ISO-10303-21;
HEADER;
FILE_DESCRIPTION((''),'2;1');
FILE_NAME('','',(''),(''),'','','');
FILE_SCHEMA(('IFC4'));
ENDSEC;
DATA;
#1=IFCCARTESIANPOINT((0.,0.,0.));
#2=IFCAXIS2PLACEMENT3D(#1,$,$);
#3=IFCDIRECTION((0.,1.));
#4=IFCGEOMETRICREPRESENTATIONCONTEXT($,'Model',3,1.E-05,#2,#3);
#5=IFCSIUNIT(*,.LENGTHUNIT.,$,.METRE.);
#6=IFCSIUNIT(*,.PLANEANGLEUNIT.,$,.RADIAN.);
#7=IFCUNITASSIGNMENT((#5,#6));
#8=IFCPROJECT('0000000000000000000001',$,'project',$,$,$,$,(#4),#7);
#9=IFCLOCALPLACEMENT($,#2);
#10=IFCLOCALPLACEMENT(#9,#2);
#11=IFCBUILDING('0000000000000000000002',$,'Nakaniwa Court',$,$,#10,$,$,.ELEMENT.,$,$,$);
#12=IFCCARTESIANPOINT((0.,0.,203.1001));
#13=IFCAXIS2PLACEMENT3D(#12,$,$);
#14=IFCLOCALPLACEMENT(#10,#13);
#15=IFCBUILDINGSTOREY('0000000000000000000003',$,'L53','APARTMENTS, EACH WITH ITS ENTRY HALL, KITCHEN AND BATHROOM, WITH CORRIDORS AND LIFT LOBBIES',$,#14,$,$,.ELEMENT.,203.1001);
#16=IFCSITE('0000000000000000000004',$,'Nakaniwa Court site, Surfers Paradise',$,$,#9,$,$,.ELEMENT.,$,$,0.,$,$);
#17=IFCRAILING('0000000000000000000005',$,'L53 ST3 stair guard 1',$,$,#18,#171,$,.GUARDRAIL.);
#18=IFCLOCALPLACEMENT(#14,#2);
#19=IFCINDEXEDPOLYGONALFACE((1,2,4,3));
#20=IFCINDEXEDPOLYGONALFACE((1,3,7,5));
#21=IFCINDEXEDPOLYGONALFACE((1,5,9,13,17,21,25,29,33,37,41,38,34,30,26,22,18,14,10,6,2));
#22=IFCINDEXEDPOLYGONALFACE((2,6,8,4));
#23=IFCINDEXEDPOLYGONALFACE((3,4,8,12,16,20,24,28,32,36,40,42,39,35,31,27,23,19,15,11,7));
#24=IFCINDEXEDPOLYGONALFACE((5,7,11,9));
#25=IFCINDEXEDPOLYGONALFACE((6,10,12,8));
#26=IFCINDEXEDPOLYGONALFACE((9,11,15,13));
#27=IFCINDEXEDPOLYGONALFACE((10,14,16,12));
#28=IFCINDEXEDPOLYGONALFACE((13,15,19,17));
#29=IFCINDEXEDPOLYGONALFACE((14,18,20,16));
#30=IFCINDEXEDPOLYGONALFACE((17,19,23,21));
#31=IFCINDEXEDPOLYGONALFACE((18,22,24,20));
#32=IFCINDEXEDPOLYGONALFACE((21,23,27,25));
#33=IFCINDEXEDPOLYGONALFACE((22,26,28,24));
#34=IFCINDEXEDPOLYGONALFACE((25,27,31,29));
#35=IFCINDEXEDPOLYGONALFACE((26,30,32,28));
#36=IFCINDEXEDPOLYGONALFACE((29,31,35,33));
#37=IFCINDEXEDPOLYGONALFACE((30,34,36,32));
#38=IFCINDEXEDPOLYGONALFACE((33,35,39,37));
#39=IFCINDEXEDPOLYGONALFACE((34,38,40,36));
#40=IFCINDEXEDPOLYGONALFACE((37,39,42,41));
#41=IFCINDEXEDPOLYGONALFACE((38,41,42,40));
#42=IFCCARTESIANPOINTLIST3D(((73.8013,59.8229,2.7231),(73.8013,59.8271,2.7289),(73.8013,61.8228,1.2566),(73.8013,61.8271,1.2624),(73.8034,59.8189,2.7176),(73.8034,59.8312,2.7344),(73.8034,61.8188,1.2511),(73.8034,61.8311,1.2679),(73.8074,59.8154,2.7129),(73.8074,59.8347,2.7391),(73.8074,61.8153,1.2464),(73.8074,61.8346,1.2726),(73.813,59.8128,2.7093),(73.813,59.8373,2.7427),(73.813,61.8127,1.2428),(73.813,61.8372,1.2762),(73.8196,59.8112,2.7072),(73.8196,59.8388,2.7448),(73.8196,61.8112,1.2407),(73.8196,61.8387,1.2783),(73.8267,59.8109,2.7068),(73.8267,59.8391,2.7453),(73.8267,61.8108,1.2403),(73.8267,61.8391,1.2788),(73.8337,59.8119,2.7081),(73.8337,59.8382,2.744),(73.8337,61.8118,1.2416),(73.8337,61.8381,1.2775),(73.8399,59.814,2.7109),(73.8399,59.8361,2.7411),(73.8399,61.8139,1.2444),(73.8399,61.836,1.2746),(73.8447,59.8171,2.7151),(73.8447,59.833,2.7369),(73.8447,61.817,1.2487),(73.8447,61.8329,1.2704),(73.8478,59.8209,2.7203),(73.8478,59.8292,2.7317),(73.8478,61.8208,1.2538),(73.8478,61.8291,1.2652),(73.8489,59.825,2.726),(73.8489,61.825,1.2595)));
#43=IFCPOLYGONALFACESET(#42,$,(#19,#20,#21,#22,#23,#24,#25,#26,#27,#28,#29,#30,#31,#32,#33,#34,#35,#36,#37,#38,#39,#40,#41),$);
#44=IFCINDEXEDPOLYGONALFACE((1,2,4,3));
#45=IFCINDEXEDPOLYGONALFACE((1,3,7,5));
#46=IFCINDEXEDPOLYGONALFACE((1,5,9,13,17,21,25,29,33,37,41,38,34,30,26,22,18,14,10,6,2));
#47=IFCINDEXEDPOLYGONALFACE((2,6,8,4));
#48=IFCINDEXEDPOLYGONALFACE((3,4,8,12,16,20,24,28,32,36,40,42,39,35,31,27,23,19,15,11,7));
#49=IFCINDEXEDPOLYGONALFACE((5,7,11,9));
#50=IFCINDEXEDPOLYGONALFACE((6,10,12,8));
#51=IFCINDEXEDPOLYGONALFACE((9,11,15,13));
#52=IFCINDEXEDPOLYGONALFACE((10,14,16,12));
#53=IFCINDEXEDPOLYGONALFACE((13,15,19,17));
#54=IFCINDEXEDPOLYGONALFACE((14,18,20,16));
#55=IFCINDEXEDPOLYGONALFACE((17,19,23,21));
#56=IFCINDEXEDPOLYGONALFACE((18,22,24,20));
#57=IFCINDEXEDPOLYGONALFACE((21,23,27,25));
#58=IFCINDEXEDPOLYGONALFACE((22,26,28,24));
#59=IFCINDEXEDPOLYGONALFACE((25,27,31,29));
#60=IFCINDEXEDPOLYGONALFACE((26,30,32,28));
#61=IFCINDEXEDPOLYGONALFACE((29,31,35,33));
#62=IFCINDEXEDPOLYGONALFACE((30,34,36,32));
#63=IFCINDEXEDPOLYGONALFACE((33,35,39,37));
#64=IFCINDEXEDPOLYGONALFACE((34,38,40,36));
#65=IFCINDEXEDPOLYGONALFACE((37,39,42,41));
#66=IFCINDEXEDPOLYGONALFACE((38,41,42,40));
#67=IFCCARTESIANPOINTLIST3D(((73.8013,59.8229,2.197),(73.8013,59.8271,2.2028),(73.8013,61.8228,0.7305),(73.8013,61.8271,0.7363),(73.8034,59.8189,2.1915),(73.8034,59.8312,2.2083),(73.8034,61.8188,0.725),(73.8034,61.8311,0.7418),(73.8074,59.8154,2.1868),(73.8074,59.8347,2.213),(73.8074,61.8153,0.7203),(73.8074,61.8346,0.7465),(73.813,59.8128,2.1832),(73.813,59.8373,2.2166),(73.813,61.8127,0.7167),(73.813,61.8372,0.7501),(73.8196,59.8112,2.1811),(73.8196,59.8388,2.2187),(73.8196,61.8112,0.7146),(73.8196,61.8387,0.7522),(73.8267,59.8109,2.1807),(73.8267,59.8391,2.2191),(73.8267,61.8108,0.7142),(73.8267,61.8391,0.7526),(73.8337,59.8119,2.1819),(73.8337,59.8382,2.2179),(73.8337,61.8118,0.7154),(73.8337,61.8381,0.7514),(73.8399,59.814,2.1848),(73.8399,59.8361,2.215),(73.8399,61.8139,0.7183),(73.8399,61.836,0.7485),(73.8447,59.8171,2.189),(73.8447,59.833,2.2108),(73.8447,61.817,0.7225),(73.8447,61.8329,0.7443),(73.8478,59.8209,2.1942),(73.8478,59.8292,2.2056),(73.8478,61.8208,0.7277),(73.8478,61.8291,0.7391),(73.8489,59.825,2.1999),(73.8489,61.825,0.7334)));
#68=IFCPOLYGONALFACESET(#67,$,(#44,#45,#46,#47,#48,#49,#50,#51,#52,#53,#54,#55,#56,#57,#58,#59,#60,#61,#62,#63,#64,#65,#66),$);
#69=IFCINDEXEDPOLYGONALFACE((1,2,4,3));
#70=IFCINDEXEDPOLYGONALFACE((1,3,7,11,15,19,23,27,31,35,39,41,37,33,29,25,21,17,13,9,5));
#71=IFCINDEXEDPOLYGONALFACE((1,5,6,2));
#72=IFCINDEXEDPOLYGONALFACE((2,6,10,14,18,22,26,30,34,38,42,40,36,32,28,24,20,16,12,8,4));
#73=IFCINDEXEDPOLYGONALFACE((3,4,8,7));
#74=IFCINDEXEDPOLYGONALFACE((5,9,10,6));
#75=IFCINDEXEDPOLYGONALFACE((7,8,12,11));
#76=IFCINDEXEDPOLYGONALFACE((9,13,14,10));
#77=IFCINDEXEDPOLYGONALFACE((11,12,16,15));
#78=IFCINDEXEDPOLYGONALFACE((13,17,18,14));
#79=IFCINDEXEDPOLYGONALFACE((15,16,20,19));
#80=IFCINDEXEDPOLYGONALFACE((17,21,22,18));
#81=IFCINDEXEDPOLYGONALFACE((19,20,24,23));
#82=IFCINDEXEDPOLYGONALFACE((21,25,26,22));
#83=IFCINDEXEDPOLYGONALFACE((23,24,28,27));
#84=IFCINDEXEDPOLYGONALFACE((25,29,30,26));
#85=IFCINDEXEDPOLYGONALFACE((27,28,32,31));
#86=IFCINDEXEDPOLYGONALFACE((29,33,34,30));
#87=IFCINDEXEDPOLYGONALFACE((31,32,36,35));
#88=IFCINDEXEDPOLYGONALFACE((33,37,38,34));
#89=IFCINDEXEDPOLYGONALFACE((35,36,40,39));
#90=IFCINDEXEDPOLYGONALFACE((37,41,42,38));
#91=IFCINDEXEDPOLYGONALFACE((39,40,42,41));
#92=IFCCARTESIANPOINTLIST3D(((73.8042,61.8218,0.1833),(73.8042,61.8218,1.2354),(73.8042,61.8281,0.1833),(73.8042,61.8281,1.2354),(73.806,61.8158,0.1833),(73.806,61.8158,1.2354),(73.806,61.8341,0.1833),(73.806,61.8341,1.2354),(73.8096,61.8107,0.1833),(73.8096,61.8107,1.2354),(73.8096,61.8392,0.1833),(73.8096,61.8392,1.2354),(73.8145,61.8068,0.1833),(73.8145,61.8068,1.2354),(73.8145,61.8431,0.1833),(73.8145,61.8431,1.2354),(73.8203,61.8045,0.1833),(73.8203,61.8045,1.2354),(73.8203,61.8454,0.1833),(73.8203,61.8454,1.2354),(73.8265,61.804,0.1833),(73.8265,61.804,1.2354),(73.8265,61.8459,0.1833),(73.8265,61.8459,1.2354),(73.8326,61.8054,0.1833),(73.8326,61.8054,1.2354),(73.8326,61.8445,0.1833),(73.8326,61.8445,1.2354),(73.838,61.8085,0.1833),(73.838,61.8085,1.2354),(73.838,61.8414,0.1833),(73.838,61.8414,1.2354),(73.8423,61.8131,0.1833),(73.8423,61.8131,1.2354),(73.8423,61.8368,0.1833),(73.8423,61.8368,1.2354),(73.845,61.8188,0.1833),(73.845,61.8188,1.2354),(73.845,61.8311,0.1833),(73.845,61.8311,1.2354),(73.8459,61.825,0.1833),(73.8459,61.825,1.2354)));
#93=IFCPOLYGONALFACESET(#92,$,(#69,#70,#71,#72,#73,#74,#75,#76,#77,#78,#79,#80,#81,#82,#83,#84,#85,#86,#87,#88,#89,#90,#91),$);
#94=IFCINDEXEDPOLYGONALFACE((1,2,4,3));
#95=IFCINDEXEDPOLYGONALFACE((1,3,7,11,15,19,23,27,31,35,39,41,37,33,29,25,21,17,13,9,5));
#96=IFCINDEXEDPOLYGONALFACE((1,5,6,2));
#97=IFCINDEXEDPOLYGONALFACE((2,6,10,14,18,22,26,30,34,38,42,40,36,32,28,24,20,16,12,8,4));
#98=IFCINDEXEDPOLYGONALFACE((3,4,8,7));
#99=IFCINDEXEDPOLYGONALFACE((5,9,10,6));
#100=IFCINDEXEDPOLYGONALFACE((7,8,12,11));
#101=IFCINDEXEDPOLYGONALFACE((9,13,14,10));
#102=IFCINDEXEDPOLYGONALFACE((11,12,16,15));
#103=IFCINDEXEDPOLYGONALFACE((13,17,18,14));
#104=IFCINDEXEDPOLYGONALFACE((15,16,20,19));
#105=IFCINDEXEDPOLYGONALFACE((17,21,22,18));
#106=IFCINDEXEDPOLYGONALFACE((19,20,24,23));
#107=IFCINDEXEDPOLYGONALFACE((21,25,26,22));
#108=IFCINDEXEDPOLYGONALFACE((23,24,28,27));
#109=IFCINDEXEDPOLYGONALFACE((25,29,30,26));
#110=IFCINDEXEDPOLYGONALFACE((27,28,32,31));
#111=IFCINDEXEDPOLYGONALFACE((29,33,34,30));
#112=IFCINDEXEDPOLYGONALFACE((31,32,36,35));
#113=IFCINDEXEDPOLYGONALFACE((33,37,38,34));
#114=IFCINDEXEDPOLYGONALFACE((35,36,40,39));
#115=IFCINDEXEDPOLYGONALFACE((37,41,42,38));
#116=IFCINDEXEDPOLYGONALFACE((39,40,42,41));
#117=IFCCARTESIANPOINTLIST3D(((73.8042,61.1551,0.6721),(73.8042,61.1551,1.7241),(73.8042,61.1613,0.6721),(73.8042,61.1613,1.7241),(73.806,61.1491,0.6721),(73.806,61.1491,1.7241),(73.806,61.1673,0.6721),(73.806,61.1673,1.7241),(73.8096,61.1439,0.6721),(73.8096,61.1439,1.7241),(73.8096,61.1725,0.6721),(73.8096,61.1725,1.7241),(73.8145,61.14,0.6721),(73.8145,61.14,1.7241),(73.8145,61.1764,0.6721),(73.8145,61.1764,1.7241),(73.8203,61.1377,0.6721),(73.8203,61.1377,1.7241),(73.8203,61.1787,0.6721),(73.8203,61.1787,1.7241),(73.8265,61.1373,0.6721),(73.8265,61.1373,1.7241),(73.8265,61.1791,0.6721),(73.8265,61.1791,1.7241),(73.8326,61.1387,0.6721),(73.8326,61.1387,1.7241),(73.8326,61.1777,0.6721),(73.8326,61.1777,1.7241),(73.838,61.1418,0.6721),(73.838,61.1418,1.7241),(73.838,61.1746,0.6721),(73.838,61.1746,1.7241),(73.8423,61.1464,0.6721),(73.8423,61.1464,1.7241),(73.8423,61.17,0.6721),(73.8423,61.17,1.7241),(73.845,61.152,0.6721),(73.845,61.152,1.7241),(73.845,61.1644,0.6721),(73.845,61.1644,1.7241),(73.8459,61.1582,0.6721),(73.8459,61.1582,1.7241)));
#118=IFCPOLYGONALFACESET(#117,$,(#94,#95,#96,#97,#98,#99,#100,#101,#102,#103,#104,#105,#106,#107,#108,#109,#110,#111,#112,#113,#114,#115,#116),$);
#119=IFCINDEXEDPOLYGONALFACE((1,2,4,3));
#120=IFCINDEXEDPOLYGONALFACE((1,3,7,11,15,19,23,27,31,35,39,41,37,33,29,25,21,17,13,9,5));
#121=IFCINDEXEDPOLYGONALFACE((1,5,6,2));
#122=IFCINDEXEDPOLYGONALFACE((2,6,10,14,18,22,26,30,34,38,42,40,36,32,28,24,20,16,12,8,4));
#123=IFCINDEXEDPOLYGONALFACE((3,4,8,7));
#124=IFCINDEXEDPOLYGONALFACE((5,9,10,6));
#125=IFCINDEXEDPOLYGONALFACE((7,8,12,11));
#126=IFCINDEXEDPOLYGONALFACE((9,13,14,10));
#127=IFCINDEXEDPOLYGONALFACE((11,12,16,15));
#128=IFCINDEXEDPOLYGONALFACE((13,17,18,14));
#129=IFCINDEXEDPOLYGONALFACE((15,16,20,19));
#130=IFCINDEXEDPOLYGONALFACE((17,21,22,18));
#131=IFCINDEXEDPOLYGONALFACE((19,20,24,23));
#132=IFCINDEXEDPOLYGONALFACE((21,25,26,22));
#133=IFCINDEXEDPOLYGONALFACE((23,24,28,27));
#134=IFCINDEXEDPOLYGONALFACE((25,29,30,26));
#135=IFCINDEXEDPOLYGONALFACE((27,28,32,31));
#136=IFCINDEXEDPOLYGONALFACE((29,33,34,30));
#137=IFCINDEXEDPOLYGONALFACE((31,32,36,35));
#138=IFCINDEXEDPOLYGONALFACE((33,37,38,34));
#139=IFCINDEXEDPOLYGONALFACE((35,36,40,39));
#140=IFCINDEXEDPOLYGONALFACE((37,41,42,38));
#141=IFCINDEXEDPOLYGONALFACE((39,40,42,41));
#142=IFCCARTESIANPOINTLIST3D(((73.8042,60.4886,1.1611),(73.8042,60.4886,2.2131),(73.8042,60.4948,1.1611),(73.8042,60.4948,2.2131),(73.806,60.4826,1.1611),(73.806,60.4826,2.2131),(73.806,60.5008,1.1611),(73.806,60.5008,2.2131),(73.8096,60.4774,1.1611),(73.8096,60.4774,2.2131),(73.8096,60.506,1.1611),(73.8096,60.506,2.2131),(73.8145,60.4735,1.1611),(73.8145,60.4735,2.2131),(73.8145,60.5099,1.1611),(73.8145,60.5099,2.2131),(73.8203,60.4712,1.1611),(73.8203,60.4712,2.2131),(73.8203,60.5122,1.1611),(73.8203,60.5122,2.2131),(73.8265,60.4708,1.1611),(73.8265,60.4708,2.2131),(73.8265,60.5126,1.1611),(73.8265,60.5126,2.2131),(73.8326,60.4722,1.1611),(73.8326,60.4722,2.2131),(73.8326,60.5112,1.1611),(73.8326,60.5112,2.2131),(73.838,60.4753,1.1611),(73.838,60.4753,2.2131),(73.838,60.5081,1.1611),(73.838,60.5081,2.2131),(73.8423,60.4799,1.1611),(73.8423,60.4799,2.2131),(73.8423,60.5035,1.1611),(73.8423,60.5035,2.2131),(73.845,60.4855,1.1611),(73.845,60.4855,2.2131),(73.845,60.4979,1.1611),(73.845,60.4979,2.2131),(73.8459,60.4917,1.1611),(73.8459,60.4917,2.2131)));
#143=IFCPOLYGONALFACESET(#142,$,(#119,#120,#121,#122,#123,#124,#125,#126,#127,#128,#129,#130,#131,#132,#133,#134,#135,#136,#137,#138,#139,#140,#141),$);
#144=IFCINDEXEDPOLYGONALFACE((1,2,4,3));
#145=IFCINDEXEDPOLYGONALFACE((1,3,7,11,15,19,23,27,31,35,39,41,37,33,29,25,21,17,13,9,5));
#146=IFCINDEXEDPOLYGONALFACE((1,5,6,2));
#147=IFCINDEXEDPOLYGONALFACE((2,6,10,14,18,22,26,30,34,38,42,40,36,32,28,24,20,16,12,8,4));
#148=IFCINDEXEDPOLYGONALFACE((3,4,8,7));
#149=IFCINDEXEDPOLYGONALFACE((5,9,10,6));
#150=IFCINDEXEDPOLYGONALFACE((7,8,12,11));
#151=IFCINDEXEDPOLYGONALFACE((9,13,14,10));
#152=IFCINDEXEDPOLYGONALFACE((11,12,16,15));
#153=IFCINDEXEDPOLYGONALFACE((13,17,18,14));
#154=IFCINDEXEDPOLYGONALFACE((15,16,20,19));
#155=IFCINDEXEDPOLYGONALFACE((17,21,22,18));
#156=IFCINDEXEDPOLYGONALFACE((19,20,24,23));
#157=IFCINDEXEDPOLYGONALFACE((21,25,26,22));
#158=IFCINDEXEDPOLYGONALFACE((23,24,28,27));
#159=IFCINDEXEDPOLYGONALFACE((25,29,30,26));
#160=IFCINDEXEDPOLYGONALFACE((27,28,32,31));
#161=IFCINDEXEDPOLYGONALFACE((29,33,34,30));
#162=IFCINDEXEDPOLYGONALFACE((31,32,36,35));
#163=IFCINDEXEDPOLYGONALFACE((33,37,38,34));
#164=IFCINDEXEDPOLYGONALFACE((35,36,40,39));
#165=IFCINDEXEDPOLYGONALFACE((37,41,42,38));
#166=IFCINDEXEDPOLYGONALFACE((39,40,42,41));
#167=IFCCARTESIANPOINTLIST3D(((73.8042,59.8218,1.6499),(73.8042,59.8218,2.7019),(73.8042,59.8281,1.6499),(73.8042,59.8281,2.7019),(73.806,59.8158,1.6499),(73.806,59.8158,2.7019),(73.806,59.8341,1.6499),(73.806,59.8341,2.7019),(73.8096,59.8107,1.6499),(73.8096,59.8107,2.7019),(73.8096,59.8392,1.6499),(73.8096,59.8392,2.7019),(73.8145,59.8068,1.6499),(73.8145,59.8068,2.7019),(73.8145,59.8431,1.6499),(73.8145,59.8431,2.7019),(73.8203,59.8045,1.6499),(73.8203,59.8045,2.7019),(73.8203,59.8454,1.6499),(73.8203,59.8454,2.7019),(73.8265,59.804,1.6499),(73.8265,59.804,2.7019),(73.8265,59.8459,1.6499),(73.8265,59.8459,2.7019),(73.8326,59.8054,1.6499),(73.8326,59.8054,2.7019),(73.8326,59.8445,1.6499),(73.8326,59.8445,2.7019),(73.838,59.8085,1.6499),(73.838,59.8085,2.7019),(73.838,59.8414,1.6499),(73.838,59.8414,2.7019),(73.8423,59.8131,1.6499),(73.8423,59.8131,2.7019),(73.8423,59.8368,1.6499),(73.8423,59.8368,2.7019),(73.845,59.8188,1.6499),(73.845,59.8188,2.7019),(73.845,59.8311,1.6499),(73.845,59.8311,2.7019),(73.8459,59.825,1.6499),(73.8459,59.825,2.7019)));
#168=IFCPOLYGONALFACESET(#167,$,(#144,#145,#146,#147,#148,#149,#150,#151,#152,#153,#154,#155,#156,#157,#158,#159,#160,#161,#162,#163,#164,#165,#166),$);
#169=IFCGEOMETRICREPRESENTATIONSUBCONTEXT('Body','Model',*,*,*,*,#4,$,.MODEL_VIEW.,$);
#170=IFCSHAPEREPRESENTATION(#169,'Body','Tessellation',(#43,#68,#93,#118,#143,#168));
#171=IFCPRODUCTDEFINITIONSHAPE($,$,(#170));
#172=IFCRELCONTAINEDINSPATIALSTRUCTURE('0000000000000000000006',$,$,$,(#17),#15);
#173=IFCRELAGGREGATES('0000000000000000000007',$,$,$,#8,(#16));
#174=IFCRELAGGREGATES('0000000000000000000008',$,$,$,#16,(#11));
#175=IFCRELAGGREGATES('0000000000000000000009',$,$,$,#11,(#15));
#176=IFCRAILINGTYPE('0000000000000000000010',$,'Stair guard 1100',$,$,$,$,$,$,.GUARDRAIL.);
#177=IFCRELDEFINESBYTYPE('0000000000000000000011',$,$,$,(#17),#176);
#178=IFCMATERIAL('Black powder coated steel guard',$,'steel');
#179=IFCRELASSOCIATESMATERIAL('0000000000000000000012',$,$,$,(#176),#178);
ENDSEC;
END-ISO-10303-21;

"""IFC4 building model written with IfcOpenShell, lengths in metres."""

from ifc_helpers import new_model, si_unit, direction, frame, origin, origin_2d, place, context, subcontext, project, spatial, circle, extrude, material, type_object, element, save


model = new_model("IFC4")

# Units and contexts
model_context = context("Model", 3, precision=1e-05, world=origin(), true_north=direction((0.0, 1.0)))
body_context = subcontext(model_context, "Body", "Model", "MODEL_VIEW")
ifc_project = project(units=[si_unit("LENGTHUNIT", "METRE"), si_unit("PLANEANGLEUNIT", "RADIAN")], contexts=[model_context])

# Site, building, storey
site_placement = place(None, origin())
site = spatial("IfcSite", under=ifc_project, at=site_placement, Name="Nakaniwa Court site, Surfers Paradise", CompositionType="ELEMENT", RefElevation=0.0)
building_placement = place(site_placement, origin())
building = spatial("IfcBuilding", under=site, at=building_placement, Name="Nakaniwa Court", CompositionType="ELEMENT")
storey_placement = place(building_placement, frame((0.0, 0.0, 203.1001)))
storey = spatial("IfcBuildingStorey", under=building, at=storey_placement, Name="L53", Description="APARTMENTS, EACH WITH ITS ENTRY HALL, KITCHEN AND BATHROOM, WITH CORRIDORS AND LIFT LOBBIES", CompositionType="ELEMENT", Elevation=203.1001)

# Railing
ifc_material_1 = material(Name="Black powder coated steel guard", Category="steel")
railing_type_1 = type_object("IfcRailingType", Name="Stair guard 1100", PredefinedType="GUARDRAIL", material=ifc_material_1)
railing_1_placement = place(storey_placement, frame((73.825, 61.825, 0.1833)))
element("IfcRailing", 1, at=railing_1_placement, inside=storey, type_object=railing_type_1, Name="L53 ST3 stair guard 1", PredefinedType="GUARDRAIL", context=body_context, shape_type="SweptSolid", body=[
    extrude(circle(Radius=0.0239, at=origin_2d()), frame((0.0, 0.0, 1.0762), z_axis=(0.0, -0.806427, 0.591334), x_axis=(1.0, 0.0, 0.0)), (0.0, 0.0, 1.0), 2.48),
    extrude(circle(Radius=0.0239, at=origin_2d()), frame((0.0, 0.0, 0.55), z_axis=(0.0, -0.806427, 0.591334), x_axis=(1.0, 0.0, 0.0)), (0.0, 0.0, 1.0), 2.48),
    extrude(circle(Radius=0.021, at=origin_2d()), origin(), (0.0, 0.0, 1.0), 1.052),
    extrude(circle(Radius=0.021, at=origin_2d()), frame((0.0, -0.6667, 0.4888)), (0.0, 0.0, 1.0), 1.052),
    extrude(circle(Radius=0.021, at=origin_2d()), frame((0.0, -1.3333, 0.9778)), (0.0, 0.0, 1.0), 1.052),
    extrude(circle(Radius=0.021, at=origin_2d()), frame((0.0, -2.0, 1.4666)), (0.0, 0.0, 1.0), 1.052),
])

save(model, "model.ifc")
